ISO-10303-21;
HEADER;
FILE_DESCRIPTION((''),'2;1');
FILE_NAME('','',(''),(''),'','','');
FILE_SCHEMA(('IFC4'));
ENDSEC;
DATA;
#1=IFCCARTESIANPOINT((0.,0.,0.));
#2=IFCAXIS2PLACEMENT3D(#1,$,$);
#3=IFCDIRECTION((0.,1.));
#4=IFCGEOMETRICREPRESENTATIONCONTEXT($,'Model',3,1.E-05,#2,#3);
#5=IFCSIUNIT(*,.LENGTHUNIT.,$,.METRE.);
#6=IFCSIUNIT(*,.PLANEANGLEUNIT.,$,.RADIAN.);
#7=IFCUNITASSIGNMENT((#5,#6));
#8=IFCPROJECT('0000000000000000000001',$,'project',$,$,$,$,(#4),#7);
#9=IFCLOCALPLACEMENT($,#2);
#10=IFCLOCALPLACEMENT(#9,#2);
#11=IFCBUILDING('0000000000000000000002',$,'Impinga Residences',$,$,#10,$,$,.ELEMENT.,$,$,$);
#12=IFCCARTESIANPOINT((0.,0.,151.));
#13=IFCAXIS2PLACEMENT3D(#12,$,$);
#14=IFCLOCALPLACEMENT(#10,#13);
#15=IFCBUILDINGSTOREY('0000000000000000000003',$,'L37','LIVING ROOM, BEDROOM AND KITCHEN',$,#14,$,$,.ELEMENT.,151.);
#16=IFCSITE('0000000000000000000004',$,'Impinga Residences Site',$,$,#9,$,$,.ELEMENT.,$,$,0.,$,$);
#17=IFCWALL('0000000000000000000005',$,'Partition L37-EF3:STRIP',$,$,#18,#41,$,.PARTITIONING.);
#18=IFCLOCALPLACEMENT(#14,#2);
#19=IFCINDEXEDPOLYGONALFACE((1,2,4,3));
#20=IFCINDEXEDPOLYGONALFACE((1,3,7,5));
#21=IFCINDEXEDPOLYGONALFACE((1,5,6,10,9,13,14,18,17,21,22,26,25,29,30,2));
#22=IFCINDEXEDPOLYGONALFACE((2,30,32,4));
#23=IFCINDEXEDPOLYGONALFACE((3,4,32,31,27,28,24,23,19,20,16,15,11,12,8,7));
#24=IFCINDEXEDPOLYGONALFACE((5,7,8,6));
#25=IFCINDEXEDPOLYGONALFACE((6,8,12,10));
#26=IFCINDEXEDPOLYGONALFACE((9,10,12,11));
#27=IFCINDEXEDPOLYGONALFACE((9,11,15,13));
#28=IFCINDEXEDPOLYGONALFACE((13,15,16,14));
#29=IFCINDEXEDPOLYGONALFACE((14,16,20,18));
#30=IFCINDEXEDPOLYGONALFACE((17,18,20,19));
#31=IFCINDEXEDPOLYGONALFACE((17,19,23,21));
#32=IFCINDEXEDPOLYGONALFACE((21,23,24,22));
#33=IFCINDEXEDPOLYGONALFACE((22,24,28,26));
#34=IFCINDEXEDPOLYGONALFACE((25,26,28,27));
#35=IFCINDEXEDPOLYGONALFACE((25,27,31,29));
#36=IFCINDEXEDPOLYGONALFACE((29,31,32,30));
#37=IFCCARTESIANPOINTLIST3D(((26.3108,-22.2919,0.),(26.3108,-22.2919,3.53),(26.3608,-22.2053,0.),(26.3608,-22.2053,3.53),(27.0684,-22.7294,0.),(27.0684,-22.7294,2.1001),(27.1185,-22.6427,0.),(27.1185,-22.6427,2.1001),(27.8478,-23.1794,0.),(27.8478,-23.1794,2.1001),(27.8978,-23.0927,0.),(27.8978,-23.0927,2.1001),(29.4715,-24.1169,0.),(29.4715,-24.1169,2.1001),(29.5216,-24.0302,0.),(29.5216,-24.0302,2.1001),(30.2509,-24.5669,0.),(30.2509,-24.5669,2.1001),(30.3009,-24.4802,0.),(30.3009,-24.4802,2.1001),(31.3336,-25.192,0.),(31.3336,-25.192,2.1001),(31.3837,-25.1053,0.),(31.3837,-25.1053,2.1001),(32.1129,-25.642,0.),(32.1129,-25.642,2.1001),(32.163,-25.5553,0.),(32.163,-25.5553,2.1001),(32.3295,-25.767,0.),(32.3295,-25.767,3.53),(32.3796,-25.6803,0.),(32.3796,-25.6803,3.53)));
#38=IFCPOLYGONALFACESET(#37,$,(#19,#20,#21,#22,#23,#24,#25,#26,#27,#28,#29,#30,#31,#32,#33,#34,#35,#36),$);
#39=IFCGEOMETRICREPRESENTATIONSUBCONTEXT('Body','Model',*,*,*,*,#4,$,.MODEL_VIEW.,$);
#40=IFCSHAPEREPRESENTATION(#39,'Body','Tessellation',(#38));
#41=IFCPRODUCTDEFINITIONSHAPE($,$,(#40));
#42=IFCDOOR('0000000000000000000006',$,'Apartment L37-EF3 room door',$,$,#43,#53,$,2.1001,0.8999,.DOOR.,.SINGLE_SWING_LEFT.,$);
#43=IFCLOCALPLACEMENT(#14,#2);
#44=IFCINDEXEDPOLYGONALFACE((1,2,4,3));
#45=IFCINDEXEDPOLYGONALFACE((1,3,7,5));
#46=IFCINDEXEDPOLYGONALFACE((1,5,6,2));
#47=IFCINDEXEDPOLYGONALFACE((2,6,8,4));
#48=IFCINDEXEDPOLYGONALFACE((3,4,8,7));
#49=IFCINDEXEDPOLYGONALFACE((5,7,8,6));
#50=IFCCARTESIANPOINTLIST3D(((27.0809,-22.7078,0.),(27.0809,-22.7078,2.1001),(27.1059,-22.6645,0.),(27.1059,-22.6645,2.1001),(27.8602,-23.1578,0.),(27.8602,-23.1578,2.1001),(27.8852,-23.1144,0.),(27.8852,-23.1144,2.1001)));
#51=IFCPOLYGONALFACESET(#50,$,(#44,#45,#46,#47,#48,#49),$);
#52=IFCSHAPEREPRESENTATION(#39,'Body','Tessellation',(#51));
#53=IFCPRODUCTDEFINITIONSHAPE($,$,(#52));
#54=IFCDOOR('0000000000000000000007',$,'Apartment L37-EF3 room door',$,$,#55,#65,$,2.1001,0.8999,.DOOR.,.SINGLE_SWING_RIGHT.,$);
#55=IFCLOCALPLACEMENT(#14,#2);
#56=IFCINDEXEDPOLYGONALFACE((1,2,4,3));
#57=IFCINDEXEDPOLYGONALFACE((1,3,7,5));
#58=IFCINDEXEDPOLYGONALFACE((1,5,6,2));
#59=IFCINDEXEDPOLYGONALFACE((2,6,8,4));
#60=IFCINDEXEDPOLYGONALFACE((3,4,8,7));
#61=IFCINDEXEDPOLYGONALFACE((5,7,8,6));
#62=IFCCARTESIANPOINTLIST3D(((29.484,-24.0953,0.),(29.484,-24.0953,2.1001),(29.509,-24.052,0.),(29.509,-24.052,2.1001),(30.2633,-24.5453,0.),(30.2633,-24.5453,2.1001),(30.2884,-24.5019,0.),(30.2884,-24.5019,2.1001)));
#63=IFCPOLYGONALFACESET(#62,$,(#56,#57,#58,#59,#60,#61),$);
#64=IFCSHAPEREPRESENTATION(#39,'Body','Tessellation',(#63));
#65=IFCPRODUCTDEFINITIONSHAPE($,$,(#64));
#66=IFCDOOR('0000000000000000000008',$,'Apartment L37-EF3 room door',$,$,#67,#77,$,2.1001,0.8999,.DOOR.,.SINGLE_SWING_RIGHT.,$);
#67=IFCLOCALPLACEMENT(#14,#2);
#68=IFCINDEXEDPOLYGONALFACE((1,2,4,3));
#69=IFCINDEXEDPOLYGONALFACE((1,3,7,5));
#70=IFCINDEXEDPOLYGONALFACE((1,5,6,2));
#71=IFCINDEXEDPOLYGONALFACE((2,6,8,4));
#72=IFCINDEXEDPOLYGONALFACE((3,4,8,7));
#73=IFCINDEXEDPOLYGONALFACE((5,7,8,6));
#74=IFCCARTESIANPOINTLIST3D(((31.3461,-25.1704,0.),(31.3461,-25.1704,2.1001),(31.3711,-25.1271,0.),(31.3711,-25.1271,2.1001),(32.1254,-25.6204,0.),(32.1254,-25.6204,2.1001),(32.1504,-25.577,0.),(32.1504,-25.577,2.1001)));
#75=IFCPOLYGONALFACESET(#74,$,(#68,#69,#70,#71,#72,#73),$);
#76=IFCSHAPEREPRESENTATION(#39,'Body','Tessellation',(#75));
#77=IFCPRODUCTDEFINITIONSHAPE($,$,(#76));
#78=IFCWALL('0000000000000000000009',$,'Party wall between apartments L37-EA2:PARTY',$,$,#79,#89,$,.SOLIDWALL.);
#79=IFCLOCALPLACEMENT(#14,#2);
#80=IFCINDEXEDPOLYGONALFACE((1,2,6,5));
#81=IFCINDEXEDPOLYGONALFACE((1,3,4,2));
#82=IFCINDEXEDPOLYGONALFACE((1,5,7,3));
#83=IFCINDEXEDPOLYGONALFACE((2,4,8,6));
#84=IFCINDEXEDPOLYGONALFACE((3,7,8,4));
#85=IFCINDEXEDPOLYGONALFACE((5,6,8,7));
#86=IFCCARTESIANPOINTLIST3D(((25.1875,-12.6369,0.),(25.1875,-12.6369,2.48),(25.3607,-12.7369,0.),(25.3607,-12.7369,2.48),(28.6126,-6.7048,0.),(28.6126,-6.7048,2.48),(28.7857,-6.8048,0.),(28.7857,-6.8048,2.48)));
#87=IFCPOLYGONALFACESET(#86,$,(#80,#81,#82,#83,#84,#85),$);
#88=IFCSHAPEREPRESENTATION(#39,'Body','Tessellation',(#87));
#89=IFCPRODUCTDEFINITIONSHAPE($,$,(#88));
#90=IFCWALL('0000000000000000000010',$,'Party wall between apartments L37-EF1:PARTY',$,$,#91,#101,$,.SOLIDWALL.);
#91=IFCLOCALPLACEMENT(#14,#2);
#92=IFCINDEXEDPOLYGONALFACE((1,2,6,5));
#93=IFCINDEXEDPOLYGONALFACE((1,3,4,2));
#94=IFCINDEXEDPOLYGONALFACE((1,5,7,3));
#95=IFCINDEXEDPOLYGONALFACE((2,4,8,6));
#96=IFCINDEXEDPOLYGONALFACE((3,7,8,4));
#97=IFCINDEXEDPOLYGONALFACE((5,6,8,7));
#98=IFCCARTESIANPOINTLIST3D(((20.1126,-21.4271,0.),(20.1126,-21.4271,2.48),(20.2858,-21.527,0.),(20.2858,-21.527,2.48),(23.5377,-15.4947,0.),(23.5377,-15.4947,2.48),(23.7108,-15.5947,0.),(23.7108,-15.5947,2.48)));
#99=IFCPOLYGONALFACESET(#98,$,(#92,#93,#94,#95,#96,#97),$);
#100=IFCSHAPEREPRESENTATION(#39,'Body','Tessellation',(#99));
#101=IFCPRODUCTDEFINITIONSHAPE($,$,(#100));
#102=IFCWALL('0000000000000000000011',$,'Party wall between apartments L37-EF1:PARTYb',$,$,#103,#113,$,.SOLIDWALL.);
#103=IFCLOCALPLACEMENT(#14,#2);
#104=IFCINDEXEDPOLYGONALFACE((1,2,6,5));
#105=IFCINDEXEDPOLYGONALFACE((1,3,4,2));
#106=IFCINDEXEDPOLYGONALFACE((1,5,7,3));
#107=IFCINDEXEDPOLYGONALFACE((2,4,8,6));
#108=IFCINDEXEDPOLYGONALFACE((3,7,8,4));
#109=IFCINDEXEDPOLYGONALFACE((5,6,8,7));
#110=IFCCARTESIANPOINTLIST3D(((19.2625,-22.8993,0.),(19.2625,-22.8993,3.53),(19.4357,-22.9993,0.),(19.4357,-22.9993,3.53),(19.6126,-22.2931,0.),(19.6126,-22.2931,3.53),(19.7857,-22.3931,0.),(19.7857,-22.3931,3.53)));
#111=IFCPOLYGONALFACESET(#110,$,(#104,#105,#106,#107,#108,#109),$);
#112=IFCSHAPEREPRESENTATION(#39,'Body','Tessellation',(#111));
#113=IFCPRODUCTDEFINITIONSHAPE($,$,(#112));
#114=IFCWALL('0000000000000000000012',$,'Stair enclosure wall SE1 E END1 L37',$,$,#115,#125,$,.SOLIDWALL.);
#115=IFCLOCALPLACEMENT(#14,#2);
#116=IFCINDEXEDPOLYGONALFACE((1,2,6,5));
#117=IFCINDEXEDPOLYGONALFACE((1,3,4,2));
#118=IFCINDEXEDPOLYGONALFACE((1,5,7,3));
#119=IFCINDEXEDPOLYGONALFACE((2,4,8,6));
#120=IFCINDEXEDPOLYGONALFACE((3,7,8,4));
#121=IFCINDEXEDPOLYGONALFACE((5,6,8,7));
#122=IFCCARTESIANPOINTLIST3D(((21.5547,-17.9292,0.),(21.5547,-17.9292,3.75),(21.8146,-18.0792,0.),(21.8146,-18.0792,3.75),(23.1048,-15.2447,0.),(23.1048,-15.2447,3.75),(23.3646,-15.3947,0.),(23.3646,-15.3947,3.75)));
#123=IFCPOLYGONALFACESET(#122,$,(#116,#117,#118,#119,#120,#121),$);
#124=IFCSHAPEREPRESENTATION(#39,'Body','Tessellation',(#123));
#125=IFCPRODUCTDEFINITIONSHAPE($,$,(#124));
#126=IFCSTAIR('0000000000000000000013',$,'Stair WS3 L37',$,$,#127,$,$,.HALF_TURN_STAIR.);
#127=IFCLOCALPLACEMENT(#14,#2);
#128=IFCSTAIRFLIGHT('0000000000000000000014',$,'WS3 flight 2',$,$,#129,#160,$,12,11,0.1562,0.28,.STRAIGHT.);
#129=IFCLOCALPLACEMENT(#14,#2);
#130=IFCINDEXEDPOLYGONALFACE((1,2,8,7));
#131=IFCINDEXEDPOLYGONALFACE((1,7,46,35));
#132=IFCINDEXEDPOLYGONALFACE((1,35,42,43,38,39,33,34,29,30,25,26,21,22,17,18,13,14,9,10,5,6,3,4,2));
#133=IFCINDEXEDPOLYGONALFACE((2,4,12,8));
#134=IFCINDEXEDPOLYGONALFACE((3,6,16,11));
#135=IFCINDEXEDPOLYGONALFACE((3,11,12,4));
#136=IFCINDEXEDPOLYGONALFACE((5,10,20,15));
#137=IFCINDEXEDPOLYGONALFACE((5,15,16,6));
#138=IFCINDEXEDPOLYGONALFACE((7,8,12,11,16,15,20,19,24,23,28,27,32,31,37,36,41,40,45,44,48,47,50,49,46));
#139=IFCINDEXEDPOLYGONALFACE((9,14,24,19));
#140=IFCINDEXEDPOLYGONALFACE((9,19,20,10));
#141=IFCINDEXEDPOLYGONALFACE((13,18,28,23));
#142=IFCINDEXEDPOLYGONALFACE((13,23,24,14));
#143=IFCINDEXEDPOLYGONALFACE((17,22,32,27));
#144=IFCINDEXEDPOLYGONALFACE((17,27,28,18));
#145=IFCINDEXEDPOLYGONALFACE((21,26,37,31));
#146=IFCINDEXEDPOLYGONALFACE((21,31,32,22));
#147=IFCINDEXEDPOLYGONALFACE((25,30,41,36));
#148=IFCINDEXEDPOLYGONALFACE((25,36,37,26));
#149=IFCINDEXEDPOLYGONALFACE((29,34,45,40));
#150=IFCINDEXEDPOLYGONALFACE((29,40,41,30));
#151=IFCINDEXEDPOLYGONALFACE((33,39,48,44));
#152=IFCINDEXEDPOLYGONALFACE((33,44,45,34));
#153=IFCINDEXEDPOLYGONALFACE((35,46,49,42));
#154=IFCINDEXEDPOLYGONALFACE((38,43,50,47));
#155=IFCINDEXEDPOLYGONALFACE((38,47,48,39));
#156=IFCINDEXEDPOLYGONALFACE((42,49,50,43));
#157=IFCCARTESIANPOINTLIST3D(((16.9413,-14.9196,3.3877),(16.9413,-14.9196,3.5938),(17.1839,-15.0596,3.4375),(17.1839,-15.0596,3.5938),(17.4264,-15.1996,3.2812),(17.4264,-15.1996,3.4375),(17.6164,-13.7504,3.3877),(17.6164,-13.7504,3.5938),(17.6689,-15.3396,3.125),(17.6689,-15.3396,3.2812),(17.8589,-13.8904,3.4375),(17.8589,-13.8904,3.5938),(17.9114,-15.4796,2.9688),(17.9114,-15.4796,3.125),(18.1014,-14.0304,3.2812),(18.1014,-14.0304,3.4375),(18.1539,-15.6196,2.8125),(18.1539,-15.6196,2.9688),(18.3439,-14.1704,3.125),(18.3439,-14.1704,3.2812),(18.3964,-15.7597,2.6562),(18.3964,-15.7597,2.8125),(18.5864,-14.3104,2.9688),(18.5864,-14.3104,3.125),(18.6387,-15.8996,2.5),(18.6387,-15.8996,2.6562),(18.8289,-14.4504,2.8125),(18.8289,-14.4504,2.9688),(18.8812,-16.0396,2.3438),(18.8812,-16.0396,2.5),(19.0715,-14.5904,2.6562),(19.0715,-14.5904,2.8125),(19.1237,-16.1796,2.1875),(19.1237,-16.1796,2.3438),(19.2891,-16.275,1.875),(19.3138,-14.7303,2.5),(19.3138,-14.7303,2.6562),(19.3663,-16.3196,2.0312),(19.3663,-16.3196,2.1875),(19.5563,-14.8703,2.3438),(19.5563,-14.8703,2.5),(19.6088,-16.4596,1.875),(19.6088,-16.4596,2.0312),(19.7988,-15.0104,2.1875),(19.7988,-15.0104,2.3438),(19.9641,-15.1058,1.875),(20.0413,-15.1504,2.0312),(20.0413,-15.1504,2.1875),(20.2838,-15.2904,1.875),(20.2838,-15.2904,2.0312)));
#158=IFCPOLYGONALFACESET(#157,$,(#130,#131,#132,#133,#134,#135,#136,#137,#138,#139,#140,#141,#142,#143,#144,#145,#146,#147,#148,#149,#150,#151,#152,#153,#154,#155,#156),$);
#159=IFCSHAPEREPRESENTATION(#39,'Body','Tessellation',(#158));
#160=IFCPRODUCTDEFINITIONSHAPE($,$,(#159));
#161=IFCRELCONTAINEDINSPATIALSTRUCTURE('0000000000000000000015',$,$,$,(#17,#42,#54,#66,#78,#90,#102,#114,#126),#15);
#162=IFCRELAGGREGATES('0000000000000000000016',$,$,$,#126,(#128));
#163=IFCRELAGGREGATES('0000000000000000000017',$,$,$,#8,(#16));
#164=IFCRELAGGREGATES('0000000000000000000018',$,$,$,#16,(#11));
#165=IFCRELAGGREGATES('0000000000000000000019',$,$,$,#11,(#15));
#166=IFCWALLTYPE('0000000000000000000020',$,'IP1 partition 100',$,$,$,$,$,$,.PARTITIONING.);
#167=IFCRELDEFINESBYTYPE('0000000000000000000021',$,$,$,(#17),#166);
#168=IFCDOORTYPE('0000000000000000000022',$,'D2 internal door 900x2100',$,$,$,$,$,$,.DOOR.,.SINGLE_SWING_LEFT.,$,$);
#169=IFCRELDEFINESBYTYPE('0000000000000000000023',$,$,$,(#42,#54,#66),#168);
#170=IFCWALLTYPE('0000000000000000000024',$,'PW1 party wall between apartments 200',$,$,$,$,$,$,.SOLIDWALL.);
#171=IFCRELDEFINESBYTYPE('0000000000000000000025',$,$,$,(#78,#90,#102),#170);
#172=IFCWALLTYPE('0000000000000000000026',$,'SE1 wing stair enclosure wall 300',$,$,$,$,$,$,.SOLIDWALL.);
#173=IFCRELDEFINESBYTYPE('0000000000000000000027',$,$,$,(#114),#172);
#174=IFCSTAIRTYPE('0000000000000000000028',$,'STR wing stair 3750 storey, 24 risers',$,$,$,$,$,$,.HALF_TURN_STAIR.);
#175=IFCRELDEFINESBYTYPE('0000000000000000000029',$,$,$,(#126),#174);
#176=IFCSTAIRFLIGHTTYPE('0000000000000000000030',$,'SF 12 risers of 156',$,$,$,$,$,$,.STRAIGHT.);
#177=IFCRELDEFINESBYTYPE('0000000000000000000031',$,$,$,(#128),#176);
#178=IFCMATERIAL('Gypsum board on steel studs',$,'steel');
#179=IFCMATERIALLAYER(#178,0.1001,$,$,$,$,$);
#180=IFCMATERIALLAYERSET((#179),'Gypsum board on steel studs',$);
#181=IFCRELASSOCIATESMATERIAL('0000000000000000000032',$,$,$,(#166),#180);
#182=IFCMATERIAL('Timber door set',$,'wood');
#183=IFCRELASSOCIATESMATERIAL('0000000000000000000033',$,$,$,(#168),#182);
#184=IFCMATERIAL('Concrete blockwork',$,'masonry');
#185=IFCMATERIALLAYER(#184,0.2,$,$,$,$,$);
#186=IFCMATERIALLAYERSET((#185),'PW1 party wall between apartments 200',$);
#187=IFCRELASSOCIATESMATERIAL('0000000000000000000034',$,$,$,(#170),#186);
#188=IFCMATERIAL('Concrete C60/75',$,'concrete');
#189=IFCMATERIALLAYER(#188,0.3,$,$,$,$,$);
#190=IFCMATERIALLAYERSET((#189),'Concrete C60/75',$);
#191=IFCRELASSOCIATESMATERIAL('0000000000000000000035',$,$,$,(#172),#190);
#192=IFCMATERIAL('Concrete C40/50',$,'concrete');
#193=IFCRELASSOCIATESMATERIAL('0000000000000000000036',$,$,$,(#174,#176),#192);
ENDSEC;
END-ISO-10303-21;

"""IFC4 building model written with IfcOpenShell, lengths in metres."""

from ifc_helpers import new_model, si_unit, direction, frame, frame_2d, origin, place, context, subcontext, project, spatial, polyline, rectangle, outline, extrude, material, layer, layer_set, type_object, element, fill, aggregate, save


model = new_model("IFC4")

# Units and contexts
model_context = context("Model", 3, precision=1e-05, world=origin(), true_north=direction((0.0, 1.0)))
body_context = subcontext(model_context, "Body", "Model", "MODEL_VIEW")
ifc_project = project(units=[si_unit("LENGTHUNIT", "METRE"), si_unit("PLANEANGLEUNIT", "RADIAN")], contexts=[model_context])

# Site, building, storey
site_placement = place(None, origin())
site = spatial("IfcSite", under=ifc_project, at=site_placement, Name="Impinga Residences Site", CompositionType="ELEMENT", RefElevation=0.0)
building_placement = place(site_placement, origin())
building = spatial("IfcBuilding", under=site, at=building_placement, Name="Impinga Residences", CompositionType="ELEMENT")
storey_placement = place(building_placement, frame((0.0, 0.0, 151.0)))
storey = spatial("IfcBuildingStorey", under=building, at=storey_placement, Name="L37", Description="LIVING ROOM, BEDROOM AND KITCHEN", CompositionType="ELEMENT", Elevation=151.0)

# Shared definitions
ifc_material_1 = material(Name="Concrete C60/75", Category="concrete")

# Shared definitions
ifc_material_2 = material(Name="Concrete blockwork", Category="masonry")
ifc_material_3 = material(Name="Timber door set", Category="wood")
ifc_material_4 = material(Name="Gypsum board on steel studs", Category="steel")
ifc_layer_1 = layer(ifc_material_4, 0.1001)
ifc_layer_set_1 = layer_set([ifc_layer_1], Name="Gypsum board on steel studs")
wall_type_1 = type_object("IfcWallType", Name="IP1 partition 100", PredefinedType="PARTITIONING", material=ifc_layer_set_1)
door_type_1 = type_object("IfcDoorType", Name="D2 internal door 900x2100", OperationType="SINGLE_SWING_LEFT", PredefinedType="DOOR", material=ifc_material_3)

# Wall, openings, doors
wall_1_placement = place(storey_placement, frame((26.3357, -22.2485, 0.0), z_axis=(0.0, 0.0, 1.0), x_axis=(0.866017, -0.500015, 0.0)))
wall_1 = element("IfcWall", 1, at=wall_1_placement, inside=storey, type_object=wall_type_1, Name="Partition L37-EF3:STRIP", PredefinedType="PARTITIONING", context=body_context, shape_type="SweptSolid", body=[
    extrude(rectangle(XDim=6.95, YDim=0.1001, at=frame_2d((3.4751, 0.0))), origin(), (0.0, 0.0, 1.0), 3.53),
])
opening_1_placement = place(wall_1_placement, frame((0.875, 0.0, 0.0)))
opening_1 = element("IfcOpeningElement", 2, at=opening_1_placement, cuts=wall_1, PredefinedType="OPENING", context=body_context, shape_type="SweptSolid", body=[
    extrude(rectangle(XDim=0.8999, YDim=2.1001, at=frame_2d((0.45, 1.05))), frame((0.0, 0.0601, 0.0), z_axis=(0.0, -1.0, 0.0), x_axis=(1.0, 0.0, 0.0)), (0.0, 0.0, 1.0), 0.1201),
])
opening_2_placement = place(wall_1_placement, frame((3.6499, 0.0, 0.0)))
opening_2 = element("IfcOpeningElement", 3, at=opening_2_placement, cuts=wall_1, PredefinedType="OPENING", context=body_context, shape_type="SweptSolid", body=[
    extrude(rectangle(XDim=0.8999, YDim=2.1001, at=frame_2d((0.45, 1.05))), frame((0.0, 0.0601, 0.0), z_axis=(0.0, -1.0, 0.0), x_axis=(1.0, 0.0, 0.0)), (0.0, 0.0, 1.0), 0.1201),
])
opening_3_placement = place(wall_1_placement, frame((5.8, 0.0, 0.0)))
opening_3 = element("IfcOpeningElement", 4, at=opening_3_placement, cuts=wall_1, PredefinedType="OPENING", context=body_context, shape_type="SweptSolid", body=[
    extrude(rectangle(XDim=0.8999, YDim=2.1001, at=frame_2d((0.45, 1.05))), frame((0.0, 0.0601, 0.0), z_axis=(0.0, -1.0, 0.0), x_axis=(1.0, 0.0, 0.0)), (0.0, 0.0, 1.0), 0.1201),
])
door_1_placement = place(opening_1_placement, origin())
door_1 = element("IfcDoor", 5, at=door_1_placement, inside=storey, type_object=door_type_1, Name="Apartment L37-EF3 room door", OperationType="SINGLE_SWING_LEFT", OverallHeight=2.1001, OverallWidth=0.8999, PredefinedType="DOOR", context=body_context, shape_type="SweptSolid", body=[
    extrude(rectangle(XDim=0.8999, YDim=2.1001, at=frame_2d((0.45, 1.05))), frame((0.0, 0.0249, 0.0), z_axis=(0.0, -1.0, 0.0), x_axis=(1.0, 0.0, 0.0)), (0.0, 0.0, 1.0), 0.05),
])
fill(opening_1, door_1)
door_2_placement = place(opening_2_placement, origin())
door_2 = element("IfcDoor", 6, at=door_2_placement, inside=storey, type_object=door_type_1, Name="Apartment L37-EF3 room door", OperationType="SINGLE_SWING_RIGHT", OverallHeight=2.1001, OverallWidth=0.8999, PredefinedType="DOOR", context=body_context, shape_type="SweptSolid", body=[
    extrude(rectangle(XDim=0.8999, YDim=2.1001, at=frame_2d((0.45, 1.05))), frame((0.0, 0.0249, 0.0), z_axis=(0.0, -1.0, 0.0), x_axis=(1.0, 0.0, 0.0)), (0.0, 0.0, 1.0), 0.05),
])
fill(opening_2, door_2)
door_3_placement = place(opening_3_placement, origin())
door_3 = element("IfcDoor", 7, at=door_3_placement, inside=storey, type_object=door_type_1, Name="Apartment L37-EF3 room door", OperationType="SINGLE_SWING_RIGHT", OverallHeight=2.1001, OverallWidth=0.8999, PredefinedType="DOOR", context=body_context, shape_type="SweptSolid", body=[
    extrude(rectangle(XDim=0.8999, YDim=2.1001, at=frame_2d((0.45, 1.05))), frame((0.0, 0.0249, 0.0), z_axis=(0.0, -1.0, 0.0), x_axis=(1.0, 0.0, 0.0)), (0.0, 0.0, 1.0), 0.05),
])
fill(opening_3, door_3)

# Walls
ifc_layer_2 = layer(ifc_material_2, 0.2)
ifc_layer_set_2 = layer_set([ifc_layer_2], Name="PW1 party wall between apartments 200")
wall_type_2 = type_object("IfcWallType", Name="PW1 party wall between apartments 200", PredefinedType="SOLIDWALL", material=ifc_layer_set_2)
wall_2_placement = place(storey_placement, frame((25.2742, -12.6868, 0.0), z_axis=(0.0, 0.0, 1.0), x_axis=(0.500015, 0.866017, 0.0)))
element("IfcWall", 8, at=wall_2_placement, inside=storey, type_object=wall_type_2, Name="Party wall between apartments L37-EA2:PARTY", PredefinedType="SOLIDWALL", context=body_context, shape_type="SweptSolid", body=[
    extrude(rectangle(XDim=6.8499, YDim=0.2, at=frame_2d((3.4248, 0.0))), origin(), (0.0, 0.0, 1.0), 2.48),
])
wall_3_placement = place(storey_placement, frame((23.6243, -15.5447, 0.0), z_axis=(0.0, 0.0, 1.0), x_axis=(-0.499999, -0.866026, 0.0)))
element("IfcWall", 9, at=wall_3_placement, inside=storey, type_object=wall_type_2, Name="Party wall between apartments L37-EF1:PARTY", PredefinedType="SOLIDWALL", context=body_context, shape_type="SweptSolid", body=[
    extrude(rectangle(XDim=6.8501, YDim=0.2, at=frame_2d((3.425, 0.0))), origin(), (0.0, 0.0, 1.0), 2.48),
])
wall_4_placement = place(storey_placement, frame((19.6992, -22.343, 0.0), z_axis=(0.0, 0.0, 1.0), x_axis=(-0.500115, -0.865959, 0.0)))
element("IfcWall", 10, at=wall_4_placement, inside=storey, type_object=wall_type_2, Name="Party wall between apartments L37-EF1:PARTYb", PredefinedType="SOLIDWALL", context=body_context, shape_type="SweptSolid", body=[
    extrude(rectangle(XDim=0.7, YDim=0.2, at=frame_2d((0.3501, 0.0))), origin(), (0.0, 0.0, 1.0), 3.53),
])
ifc_layer_3 = layer(ifc_material_1, 0.3)
ifc_layer_set_3 = layer_set([ifc_layer_3], Name="Concrete C60/75")
wall_type_3 = type_object("IfcWallType", Name="SE1 wing stair enclosure wall 300", PredefinedType="SOLIDWALL", material=ifc_layer_set_3)
wall_5_placement = place(storey_placement, frame((23.2346, -15.3198, 0.0), z_axis=(0.0, 0.0, 1.0), x_axis=(-0.500027, -0.86601, 0.0)))
element("IfcWall", 11, at=wall_5_placement, inside=storey, type_object=wall_type_3, Name="Stair enclosure wall SE1 E END1 L37", PredefinedType="SOLIDWALL", context=body_context, shape_type="SweptSolid", body=[
    extrude(rectangle(XDim=3.0999, YDim=0.3, at=frame_2d((1.5498, 0.0))), origin(), (0.0, 0.0, 1.0), 3.75),
])

# Stair, stair flight
ifc_material_5 = material(Name="Concrete C40/50", Category="concrete")
stair_type = type_object("IfcStairType", Name="STR wing stair 3750 storey, 24 risers", PredefinedType="HALF_TURN_STAIR", material=ifc_material_5)
stair_placement = place(storey_placement, origin())
stair = element("IfcStair", 12, at=stair_placement, inside=storey, type_object=stair_type, Name="Stair WS3 L37", PredefinedType="HALF_TURN_STAIR")
stair_flight_type = type_object("IfcStairFlightType", Name="SF 12 risers of 156", PredefinedType="STRAIGHT", material=ifc_material_5)
stair_flight_placement = place(storey_placement, frame((19.9463, -15.875, 1.875), z_axis=(0.0, 0.0, 1.0), x_axis=(-0.866025, 0.5, 0.0)))
stair_flight = element("IfcStairFlight", 13, at=stair_flight_placement, type_object=stair_flight_type, Name="WS3 flight 2", NumberOfRisers=12, NumberOfTreads=11, PredefinedType="STRAIGHT", RiserHeight=0.1562, TreadLength=0.28, context=body_context, shape_type="SweptSolid", body=[
    extrude(outline(polyline([(0.0, 0.0), (0.0, 0.1562), (0.28, 0.1562), (0.28, 0.3125), (0.5601, 0.3125), (0.5601, 0.4688), (0.8401, 0.4688), (0.8401, 0.625), (1.1201, 0.625), (1.1201, 0.7812), (1.3999, 0.7812), (1.3999, 0.9375), (1.6799, 0.9375), (1.6799, 1.0938), (1.96, 1.0938), (1.96, 1.25), (2.24, 1.25), (2.24, 1.4062), (2.52, 1.4062), (2.52, 1.5625), (2.8, 1.5625), (2.8, 1.7188), (3.0801, 1.7188), (3.0801, 1.875), (3.0801, 1.5127), (0.3691, 0.0), (0.0, 0.0)])), frame((0.0, 0.675, 0.0), z_axis=(0.0, -1.0, 0.0), x_axis=(1.0, 0.0, 0.0)), (0.0, 0.0, 1.0), 1.3501),
])
aggregate(stair, [stair_flight])

save(model, "model.ifc")
